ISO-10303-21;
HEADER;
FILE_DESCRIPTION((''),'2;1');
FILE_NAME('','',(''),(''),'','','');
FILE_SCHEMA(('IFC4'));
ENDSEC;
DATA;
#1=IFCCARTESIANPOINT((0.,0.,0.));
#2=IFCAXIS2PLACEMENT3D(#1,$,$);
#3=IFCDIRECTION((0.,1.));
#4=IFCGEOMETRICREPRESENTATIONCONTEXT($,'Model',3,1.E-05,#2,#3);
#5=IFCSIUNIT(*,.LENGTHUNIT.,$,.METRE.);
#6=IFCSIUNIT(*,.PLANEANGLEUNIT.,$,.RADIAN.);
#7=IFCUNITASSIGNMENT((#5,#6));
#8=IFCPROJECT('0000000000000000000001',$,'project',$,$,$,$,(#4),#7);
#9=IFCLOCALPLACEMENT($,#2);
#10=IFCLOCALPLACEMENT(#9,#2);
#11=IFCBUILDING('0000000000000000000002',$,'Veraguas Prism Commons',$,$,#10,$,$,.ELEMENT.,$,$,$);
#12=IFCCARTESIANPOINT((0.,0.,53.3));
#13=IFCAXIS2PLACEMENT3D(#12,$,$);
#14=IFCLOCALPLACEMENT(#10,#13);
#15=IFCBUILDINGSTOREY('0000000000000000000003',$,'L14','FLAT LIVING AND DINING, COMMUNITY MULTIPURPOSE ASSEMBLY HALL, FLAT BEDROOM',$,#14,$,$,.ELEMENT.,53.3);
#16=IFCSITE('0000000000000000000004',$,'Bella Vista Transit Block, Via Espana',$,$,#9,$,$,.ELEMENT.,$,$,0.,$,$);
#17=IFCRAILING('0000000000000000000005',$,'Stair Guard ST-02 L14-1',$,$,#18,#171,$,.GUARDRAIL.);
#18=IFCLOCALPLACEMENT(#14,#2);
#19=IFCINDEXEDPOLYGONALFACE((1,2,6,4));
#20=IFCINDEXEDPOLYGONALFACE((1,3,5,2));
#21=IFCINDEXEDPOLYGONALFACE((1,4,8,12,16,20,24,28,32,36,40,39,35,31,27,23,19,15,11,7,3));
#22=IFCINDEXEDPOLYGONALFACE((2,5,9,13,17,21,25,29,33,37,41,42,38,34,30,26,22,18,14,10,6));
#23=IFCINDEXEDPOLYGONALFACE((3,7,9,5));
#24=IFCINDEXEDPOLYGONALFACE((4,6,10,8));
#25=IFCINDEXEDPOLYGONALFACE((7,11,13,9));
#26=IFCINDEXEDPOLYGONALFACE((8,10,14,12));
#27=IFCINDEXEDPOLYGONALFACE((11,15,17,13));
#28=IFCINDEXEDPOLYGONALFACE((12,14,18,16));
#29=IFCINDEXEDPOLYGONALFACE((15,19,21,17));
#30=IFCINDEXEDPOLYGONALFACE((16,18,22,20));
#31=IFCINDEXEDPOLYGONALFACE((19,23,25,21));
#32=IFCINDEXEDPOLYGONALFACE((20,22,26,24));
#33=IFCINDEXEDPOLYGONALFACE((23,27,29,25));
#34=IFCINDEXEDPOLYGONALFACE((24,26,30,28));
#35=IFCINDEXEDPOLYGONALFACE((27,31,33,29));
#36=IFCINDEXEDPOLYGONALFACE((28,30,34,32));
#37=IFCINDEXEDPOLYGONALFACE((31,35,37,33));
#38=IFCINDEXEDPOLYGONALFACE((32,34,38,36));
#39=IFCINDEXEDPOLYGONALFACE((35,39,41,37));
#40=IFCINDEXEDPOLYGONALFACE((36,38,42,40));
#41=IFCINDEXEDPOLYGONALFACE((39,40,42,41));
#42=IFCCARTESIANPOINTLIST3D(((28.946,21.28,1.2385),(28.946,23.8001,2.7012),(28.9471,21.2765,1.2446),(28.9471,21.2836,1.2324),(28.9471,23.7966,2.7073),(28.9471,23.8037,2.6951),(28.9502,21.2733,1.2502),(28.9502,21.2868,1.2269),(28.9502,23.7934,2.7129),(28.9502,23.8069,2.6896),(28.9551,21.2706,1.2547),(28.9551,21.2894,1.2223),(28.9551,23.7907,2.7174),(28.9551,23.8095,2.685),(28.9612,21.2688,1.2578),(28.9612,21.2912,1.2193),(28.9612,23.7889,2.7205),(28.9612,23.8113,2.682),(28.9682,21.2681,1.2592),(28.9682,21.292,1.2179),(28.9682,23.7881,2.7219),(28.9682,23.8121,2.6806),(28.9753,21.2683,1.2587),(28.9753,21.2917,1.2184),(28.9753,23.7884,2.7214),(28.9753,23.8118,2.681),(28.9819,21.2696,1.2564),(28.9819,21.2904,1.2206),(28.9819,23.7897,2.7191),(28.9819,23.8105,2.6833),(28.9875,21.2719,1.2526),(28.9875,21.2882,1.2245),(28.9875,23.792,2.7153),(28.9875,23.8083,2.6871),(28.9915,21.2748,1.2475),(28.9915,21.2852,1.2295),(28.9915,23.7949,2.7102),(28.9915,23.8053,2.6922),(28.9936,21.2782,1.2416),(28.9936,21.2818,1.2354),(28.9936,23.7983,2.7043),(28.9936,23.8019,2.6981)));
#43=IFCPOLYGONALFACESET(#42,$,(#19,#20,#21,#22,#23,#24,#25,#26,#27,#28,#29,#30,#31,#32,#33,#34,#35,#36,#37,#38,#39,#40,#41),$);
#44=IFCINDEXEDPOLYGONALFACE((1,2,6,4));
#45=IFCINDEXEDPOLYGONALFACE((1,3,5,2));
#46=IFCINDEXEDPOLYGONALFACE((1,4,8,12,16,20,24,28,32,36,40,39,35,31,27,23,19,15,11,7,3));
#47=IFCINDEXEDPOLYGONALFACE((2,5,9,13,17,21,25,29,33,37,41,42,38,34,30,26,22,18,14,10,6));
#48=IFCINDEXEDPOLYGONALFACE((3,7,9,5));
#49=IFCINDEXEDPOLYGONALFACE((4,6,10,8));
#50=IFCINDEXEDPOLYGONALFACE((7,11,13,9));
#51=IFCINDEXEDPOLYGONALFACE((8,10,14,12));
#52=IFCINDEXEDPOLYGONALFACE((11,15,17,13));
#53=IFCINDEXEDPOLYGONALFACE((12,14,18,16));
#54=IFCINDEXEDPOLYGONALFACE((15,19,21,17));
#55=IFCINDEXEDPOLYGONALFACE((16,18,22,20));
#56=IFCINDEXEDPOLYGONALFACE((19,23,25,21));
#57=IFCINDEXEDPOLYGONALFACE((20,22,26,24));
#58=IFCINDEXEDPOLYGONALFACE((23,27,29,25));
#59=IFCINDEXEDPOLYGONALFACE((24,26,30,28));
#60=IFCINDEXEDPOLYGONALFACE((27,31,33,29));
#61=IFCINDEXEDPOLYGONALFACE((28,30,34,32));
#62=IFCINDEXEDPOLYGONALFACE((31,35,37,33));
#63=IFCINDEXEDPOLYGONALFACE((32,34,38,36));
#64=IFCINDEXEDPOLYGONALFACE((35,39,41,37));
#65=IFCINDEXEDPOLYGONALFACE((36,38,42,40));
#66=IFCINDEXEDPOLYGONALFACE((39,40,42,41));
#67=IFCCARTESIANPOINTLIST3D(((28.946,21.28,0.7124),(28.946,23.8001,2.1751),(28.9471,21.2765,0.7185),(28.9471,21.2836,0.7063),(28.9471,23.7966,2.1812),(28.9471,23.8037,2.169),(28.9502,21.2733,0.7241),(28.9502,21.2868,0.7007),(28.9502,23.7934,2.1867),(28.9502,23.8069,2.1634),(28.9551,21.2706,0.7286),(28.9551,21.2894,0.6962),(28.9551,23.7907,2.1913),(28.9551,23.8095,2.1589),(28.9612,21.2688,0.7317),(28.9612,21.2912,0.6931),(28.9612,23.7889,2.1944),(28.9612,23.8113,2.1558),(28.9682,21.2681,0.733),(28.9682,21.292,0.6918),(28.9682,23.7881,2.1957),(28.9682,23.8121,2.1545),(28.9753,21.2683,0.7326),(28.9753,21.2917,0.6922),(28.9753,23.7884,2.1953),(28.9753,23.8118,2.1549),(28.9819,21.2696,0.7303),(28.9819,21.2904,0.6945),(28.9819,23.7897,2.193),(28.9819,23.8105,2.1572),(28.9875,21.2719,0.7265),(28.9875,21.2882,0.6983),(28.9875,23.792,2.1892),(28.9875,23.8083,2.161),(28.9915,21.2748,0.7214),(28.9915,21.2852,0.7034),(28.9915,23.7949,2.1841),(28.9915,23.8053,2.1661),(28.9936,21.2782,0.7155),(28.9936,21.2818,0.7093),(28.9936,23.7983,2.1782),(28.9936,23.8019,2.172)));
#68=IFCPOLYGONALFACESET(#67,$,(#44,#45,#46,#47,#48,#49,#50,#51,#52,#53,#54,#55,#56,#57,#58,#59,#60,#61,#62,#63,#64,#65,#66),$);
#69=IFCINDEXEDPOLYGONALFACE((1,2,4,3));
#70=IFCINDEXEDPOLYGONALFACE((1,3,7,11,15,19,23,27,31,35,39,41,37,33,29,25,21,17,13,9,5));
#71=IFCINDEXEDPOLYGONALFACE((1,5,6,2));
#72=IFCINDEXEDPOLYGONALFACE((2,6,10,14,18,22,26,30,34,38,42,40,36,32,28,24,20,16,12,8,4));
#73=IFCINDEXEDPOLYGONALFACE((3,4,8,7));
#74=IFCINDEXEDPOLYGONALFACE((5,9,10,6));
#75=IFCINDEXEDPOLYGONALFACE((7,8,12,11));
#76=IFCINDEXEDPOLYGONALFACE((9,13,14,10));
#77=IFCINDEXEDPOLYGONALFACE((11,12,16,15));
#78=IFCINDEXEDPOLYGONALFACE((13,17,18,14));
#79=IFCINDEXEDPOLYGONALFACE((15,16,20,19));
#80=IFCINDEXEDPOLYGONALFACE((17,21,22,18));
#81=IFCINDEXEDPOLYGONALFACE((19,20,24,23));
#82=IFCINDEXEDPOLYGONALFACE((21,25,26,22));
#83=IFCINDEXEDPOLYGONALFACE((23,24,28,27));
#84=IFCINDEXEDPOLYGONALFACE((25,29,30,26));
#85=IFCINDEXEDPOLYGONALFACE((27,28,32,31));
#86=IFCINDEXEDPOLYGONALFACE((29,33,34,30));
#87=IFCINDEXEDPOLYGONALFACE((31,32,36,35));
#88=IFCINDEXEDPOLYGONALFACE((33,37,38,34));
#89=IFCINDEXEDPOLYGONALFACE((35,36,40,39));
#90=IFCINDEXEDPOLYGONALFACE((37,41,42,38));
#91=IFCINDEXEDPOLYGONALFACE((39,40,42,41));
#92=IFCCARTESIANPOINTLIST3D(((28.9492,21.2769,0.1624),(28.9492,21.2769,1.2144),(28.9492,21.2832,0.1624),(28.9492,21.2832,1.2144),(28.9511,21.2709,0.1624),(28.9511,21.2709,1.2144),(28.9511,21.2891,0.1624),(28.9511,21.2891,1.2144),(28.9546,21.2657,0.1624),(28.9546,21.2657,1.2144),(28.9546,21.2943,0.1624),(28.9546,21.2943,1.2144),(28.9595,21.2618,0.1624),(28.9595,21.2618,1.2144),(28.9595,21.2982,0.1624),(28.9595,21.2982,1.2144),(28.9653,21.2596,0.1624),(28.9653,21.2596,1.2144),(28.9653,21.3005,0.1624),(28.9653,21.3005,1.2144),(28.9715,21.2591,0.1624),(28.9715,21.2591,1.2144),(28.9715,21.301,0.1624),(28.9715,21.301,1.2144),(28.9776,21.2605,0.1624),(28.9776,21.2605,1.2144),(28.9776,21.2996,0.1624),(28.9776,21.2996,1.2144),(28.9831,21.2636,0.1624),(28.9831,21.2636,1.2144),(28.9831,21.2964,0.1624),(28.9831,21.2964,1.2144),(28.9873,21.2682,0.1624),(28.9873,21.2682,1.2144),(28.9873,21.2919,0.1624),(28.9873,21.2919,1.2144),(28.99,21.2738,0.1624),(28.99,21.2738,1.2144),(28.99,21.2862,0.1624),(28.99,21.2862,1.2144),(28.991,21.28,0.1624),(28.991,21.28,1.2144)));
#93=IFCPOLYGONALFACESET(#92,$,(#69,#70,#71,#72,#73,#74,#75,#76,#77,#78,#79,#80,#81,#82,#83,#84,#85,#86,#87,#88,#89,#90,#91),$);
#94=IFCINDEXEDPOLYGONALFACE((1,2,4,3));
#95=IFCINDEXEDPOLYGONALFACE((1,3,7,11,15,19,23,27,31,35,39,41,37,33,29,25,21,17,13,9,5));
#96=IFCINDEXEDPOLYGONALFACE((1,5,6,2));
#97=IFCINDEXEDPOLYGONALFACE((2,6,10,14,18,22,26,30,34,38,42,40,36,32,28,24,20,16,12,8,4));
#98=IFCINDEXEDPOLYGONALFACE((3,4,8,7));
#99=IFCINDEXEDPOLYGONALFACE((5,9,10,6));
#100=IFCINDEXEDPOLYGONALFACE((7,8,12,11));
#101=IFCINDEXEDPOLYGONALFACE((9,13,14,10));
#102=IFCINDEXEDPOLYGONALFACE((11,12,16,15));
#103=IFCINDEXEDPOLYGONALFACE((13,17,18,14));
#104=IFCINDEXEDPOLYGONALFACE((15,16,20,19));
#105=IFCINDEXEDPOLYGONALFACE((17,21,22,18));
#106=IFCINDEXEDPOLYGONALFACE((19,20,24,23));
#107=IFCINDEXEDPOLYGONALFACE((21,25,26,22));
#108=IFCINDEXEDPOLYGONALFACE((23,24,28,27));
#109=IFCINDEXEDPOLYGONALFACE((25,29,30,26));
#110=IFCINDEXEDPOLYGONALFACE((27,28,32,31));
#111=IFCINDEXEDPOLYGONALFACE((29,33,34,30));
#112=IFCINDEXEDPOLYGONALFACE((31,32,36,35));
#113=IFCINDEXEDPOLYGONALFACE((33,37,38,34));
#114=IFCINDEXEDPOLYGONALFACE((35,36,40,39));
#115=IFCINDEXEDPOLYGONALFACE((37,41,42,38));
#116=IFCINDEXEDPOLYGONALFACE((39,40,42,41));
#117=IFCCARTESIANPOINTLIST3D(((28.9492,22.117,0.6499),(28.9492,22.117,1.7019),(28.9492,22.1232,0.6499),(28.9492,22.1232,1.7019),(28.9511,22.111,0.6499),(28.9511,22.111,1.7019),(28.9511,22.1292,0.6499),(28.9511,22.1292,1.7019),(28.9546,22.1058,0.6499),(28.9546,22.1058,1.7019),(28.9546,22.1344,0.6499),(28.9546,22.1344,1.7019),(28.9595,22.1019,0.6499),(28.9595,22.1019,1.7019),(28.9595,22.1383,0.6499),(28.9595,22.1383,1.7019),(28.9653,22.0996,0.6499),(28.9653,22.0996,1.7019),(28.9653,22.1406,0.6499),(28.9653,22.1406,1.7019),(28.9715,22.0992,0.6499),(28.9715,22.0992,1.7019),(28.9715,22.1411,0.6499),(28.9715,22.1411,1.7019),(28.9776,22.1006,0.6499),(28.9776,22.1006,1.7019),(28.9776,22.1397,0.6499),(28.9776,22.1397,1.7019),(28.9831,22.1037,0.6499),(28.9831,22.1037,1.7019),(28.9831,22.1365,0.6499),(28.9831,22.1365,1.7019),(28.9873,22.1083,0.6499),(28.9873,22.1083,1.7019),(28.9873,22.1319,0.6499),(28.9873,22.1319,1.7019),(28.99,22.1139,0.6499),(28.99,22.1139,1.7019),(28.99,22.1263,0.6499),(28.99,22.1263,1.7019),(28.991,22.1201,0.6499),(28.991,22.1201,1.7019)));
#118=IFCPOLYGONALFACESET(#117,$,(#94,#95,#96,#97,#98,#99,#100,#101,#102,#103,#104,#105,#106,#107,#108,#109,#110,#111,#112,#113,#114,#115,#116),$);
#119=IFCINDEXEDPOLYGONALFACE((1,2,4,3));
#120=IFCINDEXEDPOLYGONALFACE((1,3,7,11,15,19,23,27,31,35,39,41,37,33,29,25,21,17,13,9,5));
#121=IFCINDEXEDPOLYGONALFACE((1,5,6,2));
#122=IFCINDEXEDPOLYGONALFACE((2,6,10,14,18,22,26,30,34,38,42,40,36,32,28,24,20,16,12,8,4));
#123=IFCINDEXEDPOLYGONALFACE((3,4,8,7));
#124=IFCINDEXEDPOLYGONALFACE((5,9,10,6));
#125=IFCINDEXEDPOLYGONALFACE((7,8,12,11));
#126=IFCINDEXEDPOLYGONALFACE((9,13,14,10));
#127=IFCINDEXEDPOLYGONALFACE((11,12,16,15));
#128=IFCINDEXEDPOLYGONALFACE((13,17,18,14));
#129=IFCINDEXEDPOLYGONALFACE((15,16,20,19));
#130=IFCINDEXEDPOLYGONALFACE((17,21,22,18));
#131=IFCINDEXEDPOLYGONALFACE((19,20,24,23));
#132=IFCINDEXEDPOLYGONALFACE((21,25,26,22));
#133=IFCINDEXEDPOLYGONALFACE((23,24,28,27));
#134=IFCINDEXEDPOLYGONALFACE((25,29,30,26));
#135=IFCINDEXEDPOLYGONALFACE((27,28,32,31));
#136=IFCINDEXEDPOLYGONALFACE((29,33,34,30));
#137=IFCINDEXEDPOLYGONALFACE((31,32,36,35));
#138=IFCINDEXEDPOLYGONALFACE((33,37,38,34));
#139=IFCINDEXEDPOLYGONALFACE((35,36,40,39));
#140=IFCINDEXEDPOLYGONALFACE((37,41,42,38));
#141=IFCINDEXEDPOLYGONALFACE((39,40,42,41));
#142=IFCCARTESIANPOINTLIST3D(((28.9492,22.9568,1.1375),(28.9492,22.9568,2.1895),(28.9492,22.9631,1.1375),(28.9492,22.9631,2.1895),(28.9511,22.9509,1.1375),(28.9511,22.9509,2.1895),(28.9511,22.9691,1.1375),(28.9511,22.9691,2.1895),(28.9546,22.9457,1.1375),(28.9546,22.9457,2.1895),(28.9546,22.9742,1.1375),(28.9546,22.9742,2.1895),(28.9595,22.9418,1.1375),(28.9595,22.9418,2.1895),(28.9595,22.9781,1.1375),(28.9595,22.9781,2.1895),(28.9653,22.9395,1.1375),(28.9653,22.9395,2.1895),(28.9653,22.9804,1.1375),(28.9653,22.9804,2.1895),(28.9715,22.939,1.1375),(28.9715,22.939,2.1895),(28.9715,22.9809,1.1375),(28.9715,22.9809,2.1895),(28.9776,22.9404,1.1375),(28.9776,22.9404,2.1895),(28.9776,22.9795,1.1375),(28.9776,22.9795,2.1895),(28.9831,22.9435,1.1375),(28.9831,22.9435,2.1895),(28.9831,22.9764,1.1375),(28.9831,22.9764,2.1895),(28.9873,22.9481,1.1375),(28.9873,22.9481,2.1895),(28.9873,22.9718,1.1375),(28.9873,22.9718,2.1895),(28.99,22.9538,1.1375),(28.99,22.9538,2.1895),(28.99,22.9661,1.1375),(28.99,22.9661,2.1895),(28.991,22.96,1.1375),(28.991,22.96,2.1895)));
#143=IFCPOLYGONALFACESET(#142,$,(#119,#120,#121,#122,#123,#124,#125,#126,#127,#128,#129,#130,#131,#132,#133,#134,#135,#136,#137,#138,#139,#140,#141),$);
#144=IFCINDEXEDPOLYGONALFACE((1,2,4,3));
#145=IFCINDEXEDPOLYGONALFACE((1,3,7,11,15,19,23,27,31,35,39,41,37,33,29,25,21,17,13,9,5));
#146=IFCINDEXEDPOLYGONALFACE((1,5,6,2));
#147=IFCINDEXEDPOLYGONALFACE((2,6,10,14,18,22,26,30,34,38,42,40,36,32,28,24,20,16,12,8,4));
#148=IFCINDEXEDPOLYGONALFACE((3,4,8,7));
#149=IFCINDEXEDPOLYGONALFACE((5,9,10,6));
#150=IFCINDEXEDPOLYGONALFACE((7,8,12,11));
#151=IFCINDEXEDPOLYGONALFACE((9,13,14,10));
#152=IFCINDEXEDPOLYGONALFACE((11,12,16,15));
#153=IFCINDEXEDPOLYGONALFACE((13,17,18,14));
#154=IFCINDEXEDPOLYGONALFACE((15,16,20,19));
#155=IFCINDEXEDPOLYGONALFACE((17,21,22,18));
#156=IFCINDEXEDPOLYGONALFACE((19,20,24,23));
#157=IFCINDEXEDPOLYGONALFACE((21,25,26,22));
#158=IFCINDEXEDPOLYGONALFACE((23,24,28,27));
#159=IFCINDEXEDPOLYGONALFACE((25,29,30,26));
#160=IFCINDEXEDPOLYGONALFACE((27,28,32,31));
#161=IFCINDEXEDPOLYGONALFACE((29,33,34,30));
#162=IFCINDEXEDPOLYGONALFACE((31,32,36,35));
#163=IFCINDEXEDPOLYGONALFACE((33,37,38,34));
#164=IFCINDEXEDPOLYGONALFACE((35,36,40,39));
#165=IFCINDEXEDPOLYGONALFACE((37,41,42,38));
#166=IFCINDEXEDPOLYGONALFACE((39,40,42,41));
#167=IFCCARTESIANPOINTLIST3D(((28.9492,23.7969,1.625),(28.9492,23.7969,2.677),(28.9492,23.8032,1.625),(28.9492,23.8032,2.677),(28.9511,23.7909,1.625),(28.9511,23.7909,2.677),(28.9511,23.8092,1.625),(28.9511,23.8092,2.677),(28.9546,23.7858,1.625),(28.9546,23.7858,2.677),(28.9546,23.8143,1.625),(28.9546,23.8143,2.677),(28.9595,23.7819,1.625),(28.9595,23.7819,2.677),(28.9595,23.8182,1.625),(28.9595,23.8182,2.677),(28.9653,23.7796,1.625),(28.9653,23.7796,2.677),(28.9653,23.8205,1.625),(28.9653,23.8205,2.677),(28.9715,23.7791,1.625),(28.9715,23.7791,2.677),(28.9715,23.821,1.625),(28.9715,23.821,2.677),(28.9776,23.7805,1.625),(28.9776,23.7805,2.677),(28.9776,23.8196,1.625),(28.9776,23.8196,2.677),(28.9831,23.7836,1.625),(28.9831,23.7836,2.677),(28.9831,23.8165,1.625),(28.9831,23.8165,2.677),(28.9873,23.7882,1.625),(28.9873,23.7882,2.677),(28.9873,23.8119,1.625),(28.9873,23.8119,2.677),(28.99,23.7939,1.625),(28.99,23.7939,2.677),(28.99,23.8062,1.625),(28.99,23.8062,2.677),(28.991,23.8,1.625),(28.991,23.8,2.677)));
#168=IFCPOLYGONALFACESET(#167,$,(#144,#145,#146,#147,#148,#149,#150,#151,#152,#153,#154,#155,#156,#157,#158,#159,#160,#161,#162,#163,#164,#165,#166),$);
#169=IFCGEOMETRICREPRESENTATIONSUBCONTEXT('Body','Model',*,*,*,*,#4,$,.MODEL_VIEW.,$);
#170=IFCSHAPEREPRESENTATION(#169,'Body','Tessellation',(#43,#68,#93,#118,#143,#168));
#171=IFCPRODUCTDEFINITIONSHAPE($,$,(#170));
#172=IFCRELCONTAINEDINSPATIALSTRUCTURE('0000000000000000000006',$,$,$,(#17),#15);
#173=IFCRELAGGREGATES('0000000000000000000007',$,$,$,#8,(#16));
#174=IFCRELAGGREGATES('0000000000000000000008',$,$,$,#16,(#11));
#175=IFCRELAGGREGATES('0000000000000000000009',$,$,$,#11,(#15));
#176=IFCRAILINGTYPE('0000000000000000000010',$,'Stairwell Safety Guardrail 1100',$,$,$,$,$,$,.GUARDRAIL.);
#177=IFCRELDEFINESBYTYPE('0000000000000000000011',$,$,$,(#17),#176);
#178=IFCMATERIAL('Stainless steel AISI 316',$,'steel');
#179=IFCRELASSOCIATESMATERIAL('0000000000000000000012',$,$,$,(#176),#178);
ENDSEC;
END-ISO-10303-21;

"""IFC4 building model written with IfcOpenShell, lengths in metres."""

from ifc_helpers import new_model, si_unit, direction, frame, origin, origin_2d, place, context, subcontext, project, spatial, circle, extrude, material, type_object, element, save


model = new_model("IFC4")

# Units and contexts
model_context = context("Model", 3, precision=1e-05, world=origin(), true_north=direction((0.0, 1.0)))
body_context = subcontext(model_context, "Body", "Model", "MODEL_VIEW")
ifc_project = project(units=[si_unit("LENGTHUNIT", "METRE"), si_unit("PLANEANGLEUNIT", "RADIAN")], contexts=[model_context])

# Site, building, storey
site_placement = place(None, origin())
site = spatial("IfcSite", under=ifc_project, at=site_placement, Name="Bella Vista Transit Block, Via Espana", CompositionType="ELEMENT", RefElevation=0.0)
building_placement = place(site_placement, origin())
building = spatial("IfcBuilding", under=site, at=building_placement, Name="Veraguas Prism Commons", CompositionType="ELEMENT")
storey_placement = place(building_placement, frame((0.0, 0.0, 53.3)))
storey = spatial("IfcBuildingStorey", under=building, at=storey_placement, Name="L14", Description="FLAT LIVING AND DINING, COMMUNITY MULTIPURPOSE ASSEMBLY HALL, FLAT BEDROOM", CompositionType="ELEMENT", Elevation=53.3)

# Shared definitions
ifc_material_1 = material(Name="Stainless steel AISI 316", Category="steel")

# Railing
railing_type_1 = type_object("IfcRailingType", Name="Stairwell Safety Guardrail 1100", PredefinedType="GUARDRAIL", material=ifc_material_1)
railing_1_placement = place(storey_placement, frame((28.97, 21.28, 0.1624)))
element("IfcRailing", 1, at=railing_1_placement, inside=storey, type_object=railing_type_1, Name="Stair Guard ST-02 L14-1", PredefinedType="GUARDRAIL", context=body_context, shape_type="SweptSolid", body=[
    extrude(circle(Radius=0.0239, at=origin_2d()), frame((0.0, 0.0, 1.0762), z_axis=(0.0, 0.864877, 0.501984), x_axis=(-1.0, 0.0, 0.0)), (0.0, 0.0, 1.0), 2.9138),
    extrude(circle(Radius=0.0239, at=origin_2d()), frame((0.0, 0.0, 0.55), z_axis=(0.0, 0.864877, 0.501984), x_axis=(-1.0, 0.0, 0.0)), (0.0, 0.0, 1.0), 2.9138),
    extrude(circle(Radius=0.021, at=origin_2d()), origin(), (0.0, 0.0, 1.0), 1.052),
    extrude(circle(Radius=0.021, at=origin_2d()), frame((0.0, 0.8401, 0.4875)), (0.0, 0.0, 1.0), 1.052),
    extrude(circle(Radius=0.021, at=origin_2d()), frame((0.0, 1.6799, 0.9751)), (0.0, 0.0, 1.0), 1.052),
    extrude(circle(Radius=0.021, at=origin_2d()), frame((0.0, 2.52, 1.4626)), (0.0, 0.0, 1.0), 1.052),
])

save(model, "model.ifc")
